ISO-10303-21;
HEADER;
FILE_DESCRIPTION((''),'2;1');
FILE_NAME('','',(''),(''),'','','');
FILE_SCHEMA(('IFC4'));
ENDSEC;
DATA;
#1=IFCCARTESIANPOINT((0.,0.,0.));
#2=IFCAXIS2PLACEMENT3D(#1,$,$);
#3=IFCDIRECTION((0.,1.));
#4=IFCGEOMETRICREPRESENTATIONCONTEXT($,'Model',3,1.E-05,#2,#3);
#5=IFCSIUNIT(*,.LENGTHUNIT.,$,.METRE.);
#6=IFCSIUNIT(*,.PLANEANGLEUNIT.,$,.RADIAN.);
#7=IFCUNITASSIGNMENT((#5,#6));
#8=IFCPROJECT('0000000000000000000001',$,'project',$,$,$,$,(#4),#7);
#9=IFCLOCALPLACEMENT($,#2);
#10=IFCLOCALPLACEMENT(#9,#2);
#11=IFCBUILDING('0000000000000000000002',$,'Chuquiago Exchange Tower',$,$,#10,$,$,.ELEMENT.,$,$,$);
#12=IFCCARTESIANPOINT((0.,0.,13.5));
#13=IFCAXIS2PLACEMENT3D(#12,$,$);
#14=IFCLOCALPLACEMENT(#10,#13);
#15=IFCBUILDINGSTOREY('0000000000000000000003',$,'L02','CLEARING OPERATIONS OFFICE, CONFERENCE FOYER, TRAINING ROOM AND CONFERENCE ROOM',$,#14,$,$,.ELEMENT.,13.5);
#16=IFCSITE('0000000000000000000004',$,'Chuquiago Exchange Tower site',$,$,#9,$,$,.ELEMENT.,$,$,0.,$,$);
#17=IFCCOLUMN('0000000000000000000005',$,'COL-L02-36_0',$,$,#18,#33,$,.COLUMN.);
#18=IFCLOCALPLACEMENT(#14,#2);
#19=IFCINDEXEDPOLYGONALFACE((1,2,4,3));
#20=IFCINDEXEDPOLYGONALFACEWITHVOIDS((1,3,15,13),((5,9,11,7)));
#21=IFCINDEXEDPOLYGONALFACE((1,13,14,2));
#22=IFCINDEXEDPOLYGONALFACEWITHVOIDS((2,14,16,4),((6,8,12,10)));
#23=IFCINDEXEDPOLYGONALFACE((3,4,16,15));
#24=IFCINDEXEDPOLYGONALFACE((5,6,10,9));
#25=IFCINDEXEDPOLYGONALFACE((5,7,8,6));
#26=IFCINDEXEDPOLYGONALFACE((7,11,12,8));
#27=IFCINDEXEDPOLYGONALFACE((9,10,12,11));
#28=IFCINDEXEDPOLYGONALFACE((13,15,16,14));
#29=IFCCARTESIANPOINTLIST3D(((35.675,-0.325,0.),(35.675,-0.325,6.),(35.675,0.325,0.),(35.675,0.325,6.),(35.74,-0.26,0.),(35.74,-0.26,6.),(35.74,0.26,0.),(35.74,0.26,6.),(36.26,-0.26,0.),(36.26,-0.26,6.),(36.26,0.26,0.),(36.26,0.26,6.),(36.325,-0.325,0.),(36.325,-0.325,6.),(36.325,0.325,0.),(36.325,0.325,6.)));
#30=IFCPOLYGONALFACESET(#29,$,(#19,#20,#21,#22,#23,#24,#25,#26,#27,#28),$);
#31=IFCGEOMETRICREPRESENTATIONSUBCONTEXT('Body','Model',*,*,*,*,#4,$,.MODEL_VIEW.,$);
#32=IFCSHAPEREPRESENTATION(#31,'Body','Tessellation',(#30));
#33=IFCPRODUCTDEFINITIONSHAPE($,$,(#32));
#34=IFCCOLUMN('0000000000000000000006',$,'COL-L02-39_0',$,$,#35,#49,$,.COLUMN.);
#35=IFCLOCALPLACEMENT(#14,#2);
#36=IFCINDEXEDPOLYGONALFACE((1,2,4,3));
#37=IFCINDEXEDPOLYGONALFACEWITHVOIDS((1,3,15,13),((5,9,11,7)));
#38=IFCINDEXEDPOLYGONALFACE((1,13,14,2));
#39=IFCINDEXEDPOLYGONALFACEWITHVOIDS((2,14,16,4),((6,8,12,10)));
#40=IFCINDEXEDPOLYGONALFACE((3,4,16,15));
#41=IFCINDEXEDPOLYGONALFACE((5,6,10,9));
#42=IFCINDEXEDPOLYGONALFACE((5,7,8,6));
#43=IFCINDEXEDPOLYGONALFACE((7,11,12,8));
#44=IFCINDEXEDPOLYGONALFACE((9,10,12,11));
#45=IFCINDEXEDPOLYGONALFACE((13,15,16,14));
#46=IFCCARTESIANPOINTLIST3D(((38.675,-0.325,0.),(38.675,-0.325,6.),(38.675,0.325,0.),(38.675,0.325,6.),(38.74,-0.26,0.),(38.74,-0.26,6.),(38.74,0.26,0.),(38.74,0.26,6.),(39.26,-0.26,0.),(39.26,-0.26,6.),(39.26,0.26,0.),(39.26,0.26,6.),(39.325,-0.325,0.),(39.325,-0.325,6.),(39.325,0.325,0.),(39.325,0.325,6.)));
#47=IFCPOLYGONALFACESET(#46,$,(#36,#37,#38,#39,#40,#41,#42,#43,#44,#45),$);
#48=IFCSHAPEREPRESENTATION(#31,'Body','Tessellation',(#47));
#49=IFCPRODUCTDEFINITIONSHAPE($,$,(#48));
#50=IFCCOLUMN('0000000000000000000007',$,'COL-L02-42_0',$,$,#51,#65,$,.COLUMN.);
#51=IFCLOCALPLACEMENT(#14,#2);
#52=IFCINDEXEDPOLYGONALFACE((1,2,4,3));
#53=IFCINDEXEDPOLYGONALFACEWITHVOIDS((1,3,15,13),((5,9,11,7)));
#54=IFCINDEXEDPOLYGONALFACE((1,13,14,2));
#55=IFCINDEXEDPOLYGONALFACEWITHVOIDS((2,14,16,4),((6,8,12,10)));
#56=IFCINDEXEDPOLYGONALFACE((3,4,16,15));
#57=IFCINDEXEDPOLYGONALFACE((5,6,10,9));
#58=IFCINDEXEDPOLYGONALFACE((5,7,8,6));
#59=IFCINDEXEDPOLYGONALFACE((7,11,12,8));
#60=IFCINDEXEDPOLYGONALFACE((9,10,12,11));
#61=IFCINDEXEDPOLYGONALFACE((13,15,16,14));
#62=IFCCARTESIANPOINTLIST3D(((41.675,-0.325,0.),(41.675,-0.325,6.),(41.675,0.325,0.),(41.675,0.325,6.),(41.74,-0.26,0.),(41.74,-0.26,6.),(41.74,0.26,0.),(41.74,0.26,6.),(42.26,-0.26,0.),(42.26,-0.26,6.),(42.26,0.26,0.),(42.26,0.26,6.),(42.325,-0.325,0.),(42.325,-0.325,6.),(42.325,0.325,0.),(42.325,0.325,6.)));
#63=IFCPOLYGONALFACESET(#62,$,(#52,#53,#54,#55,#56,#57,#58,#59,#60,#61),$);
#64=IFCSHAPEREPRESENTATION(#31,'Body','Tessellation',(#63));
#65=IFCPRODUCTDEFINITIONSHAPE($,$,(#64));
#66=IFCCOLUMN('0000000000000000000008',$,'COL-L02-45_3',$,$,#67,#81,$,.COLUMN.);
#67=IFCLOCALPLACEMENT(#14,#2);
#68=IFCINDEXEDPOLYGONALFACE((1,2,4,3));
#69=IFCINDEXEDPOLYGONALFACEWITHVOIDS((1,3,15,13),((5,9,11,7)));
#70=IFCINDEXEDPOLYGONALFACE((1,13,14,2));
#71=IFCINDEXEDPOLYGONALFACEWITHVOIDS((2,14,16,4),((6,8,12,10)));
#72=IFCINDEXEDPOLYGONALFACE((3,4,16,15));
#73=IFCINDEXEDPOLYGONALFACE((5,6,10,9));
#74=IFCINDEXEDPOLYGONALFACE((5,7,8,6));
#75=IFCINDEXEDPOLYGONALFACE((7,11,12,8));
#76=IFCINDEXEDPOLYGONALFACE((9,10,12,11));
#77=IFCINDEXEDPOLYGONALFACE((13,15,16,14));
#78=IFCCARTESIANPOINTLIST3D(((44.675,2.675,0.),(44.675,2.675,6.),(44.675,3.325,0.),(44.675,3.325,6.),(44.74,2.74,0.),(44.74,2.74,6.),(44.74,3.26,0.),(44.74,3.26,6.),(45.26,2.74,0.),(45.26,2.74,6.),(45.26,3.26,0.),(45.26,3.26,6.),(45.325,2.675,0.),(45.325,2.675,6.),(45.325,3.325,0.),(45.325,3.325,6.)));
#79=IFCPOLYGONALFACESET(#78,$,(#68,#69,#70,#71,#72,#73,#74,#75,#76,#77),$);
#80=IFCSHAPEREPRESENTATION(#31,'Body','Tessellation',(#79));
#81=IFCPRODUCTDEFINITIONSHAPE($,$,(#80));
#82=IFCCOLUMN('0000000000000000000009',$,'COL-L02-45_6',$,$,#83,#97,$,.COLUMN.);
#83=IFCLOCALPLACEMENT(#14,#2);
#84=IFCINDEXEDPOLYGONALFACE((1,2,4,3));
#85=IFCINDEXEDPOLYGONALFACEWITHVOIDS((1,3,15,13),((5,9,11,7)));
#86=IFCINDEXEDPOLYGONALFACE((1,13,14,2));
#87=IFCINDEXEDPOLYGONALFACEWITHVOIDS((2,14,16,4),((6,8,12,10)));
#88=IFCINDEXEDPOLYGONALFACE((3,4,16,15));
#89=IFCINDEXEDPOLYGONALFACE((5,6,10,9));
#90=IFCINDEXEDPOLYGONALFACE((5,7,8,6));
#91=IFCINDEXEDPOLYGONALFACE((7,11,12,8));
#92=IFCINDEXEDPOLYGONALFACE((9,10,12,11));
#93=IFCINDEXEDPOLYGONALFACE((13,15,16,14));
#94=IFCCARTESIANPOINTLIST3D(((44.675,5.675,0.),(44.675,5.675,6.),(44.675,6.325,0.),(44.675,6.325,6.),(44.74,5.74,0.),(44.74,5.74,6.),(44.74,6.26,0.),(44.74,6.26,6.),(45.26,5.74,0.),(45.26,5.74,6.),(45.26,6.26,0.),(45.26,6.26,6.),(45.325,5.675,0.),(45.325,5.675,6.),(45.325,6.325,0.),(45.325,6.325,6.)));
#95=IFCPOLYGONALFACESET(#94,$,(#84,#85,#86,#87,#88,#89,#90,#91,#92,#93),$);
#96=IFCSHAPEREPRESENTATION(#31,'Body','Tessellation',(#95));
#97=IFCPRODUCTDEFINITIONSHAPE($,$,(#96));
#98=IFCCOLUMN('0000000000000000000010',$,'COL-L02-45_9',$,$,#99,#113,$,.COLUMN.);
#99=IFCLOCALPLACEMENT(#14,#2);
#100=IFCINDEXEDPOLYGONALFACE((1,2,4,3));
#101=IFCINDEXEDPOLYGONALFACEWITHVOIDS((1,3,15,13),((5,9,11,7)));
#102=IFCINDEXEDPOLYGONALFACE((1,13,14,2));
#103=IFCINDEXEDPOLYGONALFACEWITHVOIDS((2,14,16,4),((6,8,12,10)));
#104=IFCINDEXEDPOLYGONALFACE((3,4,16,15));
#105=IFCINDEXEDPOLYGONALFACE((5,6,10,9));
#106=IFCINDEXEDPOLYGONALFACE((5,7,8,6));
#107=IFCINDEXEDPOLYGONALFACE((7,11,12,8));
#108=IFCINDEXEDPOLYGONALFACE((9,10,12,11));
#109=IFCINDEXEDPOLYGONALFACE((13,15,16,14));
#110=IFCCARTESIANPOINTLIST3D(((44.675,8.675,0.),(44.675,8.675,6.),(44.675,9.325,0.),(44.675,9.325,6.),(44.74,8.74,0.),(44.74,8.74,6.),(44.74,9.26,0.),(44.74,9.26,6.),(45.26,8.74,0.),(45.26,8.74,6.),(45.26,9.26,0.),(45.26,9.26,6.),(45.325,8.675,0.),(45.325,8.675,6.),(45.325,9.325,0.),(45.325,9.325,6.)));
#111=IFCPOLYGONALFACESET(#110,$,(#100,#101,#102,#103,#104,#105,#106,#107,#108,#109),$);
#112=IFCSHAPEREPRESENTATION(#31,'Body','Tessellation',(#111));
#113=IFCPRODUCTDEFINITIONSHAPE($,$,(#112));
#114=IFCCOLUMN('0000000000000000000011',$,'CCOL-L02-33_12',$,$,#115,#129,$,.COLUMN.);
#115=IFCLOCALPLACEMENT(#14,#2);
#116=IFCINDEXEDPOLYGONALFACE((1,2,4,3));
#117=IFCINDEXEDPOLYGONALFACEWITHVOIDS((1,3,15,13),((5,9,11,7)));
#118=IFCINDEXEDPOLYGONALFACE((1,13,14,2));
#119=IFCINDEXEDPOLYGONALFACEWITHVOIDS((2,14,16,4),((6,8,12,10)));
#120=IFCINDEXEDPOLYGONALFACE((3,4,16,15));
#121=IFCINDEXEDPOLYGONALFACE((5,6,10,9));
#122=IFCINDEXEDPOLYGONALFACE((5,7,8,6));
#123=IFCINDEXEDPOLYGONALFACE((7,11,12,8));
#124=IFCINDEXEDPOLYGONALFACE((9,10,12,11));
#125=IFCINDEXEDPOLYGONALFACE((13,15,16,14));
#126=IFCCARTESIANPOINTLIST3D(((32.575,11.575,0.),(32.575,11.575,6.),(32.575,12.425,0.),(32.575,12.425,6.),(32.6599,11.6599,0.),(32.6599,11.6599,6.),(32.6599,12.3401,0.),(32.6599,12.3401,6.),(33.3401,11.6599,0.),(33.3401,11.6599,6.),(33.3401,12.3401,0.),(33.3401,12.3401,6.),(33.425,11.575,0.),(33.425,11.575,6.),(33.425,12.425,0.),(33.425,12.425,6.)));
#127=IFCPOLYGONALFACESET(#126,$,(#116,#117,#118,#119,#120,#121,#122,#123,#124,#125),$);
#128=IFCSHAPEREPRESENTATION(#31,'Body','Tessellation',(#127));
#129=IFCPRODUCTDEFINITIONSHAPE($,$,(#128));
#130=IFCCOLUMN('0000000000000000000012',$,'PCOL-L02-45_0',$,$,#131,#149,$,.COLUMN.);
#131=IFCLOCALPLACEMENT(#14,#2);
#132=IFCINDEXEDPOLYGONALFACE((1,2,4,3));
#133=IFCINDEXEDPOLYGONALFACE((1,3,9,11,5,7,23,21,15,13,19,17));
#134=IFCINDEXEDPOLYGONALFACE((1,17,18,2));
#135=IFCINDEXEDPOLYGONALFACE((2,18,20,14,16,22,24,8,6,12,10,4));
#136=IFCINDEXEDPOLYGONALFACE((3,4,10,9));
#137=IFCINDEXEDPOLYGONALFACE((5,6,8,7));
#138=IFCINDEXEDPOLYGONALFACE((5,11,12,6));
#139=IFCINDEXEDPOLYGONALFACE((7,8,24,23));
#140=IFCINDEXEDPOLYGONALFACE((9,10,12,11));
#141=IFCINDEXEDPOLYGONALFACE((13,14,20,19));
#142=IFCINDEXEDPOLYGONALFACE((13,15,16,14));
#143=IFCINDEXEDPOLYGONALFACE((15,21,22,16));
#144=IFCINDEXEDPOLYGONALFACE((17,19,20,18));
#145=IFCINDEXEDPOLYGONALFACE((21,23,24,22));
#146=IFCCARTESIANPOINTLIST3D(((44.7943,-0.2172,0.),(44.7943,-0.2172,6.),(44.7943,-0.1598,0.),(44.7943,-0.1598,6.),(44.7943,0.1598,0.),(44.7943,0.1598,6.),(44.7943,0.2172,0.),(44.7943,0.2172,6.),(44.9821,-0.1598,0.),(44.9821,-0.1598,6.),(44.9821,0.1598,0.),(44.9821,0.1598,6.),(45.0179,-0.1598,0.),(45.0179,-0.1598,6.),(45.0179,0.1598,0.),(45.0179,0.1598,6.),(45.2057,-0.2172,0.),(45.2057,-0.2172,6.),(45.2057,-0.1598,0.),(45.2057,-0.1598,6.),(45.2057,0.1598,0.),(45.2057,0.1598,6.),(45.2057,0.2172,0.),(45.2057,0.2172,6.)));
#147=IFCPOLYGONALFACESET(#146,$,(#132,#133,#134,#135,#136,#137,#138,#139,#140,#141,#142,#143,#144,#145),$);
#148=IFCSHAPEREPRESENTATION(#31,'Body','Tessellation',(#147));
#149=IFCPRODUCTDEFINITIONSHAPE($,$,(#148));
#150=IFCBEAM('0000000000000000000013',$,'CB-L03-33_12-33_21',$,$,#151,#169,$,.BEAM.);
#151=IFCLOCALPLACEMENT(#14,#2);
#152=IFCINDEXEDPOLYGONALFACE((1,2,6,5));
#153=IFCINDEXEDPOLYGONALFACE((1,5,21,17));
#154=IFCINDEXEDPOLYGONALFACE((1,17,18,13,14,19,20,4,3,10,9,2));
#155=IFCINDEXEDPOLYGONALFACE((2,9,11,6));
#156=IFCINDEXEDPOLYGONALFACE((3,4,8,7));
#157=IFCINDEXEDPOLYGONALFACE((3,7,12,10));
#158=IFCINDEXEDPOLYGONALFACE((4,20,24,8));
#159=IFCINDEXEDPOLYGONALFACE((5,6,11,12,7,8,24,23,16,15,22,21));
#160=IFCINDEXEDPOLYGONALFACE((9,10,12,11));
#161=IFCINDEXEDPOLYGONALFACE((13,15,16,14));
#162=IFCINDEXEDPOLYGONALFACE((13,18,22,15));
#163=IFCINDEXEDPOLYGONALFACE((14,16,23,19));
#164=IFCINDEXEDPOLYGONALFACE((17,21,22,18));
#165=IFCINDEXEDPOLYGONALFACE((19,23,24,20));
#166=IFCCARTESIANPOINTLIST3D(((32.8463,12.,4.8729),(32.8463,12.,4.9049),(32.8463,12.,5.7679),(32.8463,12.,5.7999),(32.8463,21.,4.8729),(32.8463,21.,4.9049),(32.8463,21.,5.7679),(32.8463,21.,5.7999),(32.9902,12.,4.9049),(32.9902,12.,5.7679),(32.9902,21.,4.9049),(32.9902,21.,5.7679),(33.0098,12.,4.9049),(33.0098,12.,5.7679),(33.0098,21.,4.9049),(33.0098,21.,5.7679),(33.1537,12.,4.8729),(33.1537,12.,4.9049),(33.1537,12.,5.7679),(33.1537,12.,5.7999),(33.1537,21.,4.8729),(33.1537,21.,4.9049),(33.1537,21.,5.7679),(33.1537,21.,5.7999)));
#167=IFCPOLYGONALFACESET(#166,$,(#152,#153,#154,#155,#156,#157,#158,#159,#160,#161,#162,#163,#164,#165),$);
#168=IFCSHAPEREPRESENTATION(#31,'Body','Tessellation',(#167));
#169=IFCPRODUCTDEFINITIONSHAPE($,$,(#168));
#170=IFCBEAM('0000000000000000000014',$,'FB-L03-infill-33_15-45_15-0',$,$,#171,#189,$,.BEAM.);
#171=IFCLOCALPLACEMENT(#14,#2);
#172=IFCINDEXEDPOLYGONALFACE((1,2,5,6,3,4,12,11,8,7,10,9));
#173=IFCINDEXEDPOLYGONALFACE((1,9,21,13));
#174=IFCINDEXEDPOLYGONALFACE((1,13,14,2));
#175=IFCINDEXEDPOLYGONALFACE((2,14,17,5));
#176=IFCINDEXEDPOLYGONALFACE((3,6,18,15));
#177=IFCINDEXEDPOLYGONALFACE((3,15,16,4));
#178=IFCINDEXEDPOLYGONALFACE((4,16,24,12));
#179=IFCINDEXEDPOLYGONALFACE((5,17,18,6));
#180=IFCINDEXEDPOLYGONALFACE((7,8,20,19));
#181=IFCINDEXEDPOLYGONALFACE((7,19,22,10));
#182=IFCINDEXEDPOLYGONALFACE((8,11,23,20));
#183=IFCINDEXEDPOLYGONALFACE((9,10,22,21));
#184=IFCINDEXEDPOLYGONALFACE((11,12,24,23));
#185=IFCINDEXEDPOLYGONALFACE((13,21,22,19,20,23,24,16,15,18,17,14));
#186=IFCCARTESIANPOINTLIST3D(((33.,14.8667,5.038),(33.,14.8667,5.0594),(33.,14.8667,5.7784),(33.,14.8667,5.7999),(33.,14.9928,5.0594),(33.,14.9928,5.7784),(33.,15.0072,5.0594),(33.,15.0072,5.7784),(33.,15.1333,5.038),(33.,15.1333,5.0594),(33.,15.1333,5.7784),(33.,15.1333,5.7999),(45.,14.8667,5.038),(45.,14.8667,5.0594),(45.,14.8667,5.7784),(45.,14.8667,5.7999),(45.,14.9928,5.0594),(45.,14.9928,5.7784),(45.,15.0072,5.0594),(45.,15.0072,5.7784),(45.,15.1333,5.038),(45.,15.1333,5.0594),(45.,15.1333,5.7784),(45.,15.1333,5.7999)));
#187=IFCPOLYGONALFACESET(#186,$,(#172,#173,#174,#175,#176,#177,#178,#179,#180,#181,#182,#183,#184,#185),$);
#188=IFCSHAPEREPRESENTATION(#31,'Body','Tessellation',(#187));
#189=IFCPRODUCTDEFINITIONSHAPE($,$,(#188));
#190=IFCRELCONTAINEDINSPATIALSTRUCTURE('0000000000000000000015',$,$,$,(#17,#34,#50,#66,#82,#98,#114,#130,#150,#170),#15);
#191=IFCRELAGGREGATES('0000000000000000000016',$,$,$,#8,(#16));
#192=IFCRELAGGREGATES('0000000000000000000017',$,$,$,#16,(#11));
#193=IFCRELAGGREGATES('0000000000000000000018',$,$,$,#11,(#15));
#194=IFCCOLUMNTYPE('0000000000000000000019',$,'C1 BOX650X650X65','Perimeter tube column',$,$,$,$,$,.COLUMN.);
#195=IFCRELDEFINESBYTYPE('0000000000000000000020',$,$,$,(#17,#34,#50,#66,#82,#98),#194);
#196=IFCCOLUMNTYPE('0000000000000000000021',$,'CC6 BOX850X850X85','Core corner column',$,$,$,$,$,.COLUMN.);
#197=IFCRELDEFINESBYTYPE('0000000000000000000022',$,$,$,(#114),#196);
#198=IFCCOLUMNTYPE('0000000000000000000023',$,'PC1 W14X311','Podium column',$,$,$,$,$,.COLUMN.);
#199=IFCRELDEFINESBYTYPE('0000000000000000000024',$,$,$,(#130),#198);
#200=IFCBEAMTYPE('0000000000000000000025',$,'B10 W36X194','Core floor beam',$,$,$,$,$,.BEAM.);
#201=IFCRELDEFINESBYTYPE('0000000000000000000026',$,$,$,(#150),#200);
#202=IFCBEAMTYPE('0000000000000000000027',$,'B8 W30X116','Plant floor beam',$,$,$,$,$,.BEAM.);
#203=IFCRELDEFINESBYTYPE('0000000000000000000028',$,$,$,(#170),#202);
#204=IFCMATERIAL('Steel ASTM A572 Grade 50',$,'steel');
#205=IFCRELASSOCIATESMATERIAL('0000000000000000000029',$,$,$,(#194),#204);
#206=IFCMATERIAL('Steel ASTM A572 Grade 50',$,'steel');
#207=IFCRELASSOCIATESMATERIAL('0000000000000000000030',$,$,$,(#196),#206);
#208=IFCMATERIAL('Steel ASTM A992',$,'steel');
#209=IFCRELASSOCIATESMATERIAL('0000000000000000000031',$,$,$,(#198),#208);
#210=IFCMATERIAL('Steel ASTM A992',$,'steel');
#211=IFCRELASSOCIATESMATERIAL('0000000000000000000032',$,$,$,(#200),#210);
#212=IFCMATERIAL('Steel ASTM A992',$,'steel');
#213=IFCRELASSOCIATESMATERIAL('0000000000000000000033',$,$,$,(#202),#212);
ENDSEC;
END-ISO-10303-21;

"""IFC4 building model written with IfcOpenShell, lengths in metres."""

from ifc_helpers import new_model, si_unit, direction, frame, origin, origin_2d, place, context, subcontext, project, spatial, hollow_rectangle, i_section, extrude, material, material_profile, profile_set, type_object, element, save


model = new_model("IFC4")

# Units and contexts
model_context = context("Model", 3, precision=1e-05, world=origin(), true_north=direction((0.0, 1.0)))
body_context = subcontext(model_context, "Body", "Model", "MODEL_VIEW")
ifc_project = project(units=[si_unit("LENGTHUNIT", "METRE"), si_unit("PLANEANGLEUNIT", "RADIAN")], contexts=[model_context])

# Site, building, storey
site_placement = place(None, origin())
site = spatial("IfcSite", under=ifc_project, at=site_placement, Name="Chuquiago Exchange Tower site", CompositionType="ELEMENT", RefElevation=0.0)
building_placement = place(site_placement, origin())
building = spatial("IfcBuilding", under=site, at=building_placement, Name="Chuquiago Exchange Tower", CompositionType="ELEMENT")
storey_placement = place(building_placement, frame((0.0, 0.0, 13.5)))
storey = spatial("IfcBuildingStorey", under=building, at=storey_placement, Name="L02", Description="CLEARING OPERATIONS OFFICE, CONFERENCE FOYER, TRAINING ROOM AND CONFERENCE ROOM", CompositionType="ELEMENT", Elevation=13.5)

# Columns
ifc_material_1 = material(Name="Steel ASTM A572 Grade 50", Category="steel")
ifc_material_profile_1 = material_profile(ifc_material_1, hollow_rectangle(XDim=0.6499, YDim=0.6499, WallThickness=0.0649, at=origin_2d()), Name="BOX650X650X65")
ifc_profile_set_1 = profile_set([ifc_material_profile_1], Name="Steel ASTM A572 Grade 50")
column_type_1 = type_object("IfcColumnType", Name="C1 BOX650X650X65", Description="Perimeter tube column", PredefinedType="COLUMN", material=ifc_profile_set_1)
for number, where, z_axis, x_axis, name in (
    (1, (36.0, 0.0, 0.0), (0.0, 0.0, 1.0), (0.0, -1.0, 0.0), "COL-L02-36_0"),
    (2, (39.0, 0.0, 0.0), (0.0, 0.0, 1.0), (0.0, -1.0, 0.0), "COL-L02-39_0"),
    (3, (42.0, 0.0, 0.0), (0.0, 0.0, 1.0), (0.0, -1.0, 0.0), "COL-L02-42_0"),
    (4, (45.0, 3.0, 0.0), (0.0, 0.0, 1.0), (1.0, 0.0, 0.0), "COL-L02-45_3"),
    (5, (45.0, 6.0, 0.0), (0.0, 0.0, 1.0), (1.0, 0.0, 0.0), "COL-L02-45_6"),
    (6, (45.0, 9.0, 0.0), (0.0, 0.0, 1.0), (1.0, 0.0, 0.0), "COL-L02-45_9"),
):
    element("IfcColumn", number, at=place(storey_placement, frame(where, z_axis=z_axis, x_axis=x_axis)), inside=storey, type_object=column_type_1, Name=name, PredefinedType="COLUMN", context=body_context, shape_type="SweptSolid", body=[
        extrude(hollow_rectangle(XDim=0.6499, YDim=0.6499, WallThickness=0.0649, at=origin_2d()), origin(), (0.0, 0.0, 1.0), 6.0),
    ])
ifc_material_2 = material(Name="Steel ASTM A572 Grade 50", Category="steel")
ifc_material_profile_2 = material_profile(ifc_material_2, hollow_rectangle(XDim=0.8501, YDim=0.8501, WallThickness=0.085, at=origin_2d()), Name="BOX850X850X85")
ifc_profile_set_2 = profile_set([ifc_material_profile_2], Name="Steel ASTM A572 Grade 50")
column_type_2 = type_object("IfcColumnType", Name="CC6 BOX850X850X85", Description="Core corner column", PredefinedType="COLUMN", material=ifc_profile_set_2)
column_1_placement = place(storey_placement, frame((33.0, 12.0, 0.0), z_axis=(0.0, 0.0, 1.0), x_axis=(1.0, 0.0, 0.0)))
element("IfcColumn", 7, at=column_1_placement, inside=storey, type_object=column_type_2, Name="CCOL-L02-33_12", PredefinedType="COLUMN", context=body_context, shape_type="SweptSolid", body=[
    extrude(hollow_rectangle(XDim=0.8501, YDim=0.8501, WallThickness=0.085, at=origin_2d()), origin(), (0.0, 0.0, 1.0), 6.0),
])
ifc_material_3 = material(Name="Steel ASTM A992", Category="steel")
ifc_material_profile_3 = material_profile(ifc_material_3, i_section(OverallWidth=0.4114, OverallDepth=0.4343, WebThickness=0.0359, FlangeThickness=0.0574, at=origin_2d()), Name="W14X311")
ifc_profile_set_3 = profile_set([ifc_material_profile_3], Name="Steel ASTM A992")
column_type_3 = type_object("IfcColumnType", Name="PC1 W14X311", Description="Podium column", PredefinedType="COLUMN", material=ifc_profile_set_3)
column_2_placement = place(storey_placement, frame((45.0, 0.0, 0.0), z_axis=(0.0, 0.0, 1.0), x_axis=(1.0, 0.0, 0.0)))
element("IfcColumn", 8, at=column_2_placement, inside=storey, type_object=column_type_3, Name="PCOL-L02-45_0", PredefinedType="COLUMN", context=body_context, shape_type="SweptSolid", body=[
    extrude(i_section(OverallWidth=0.4114, OverallDepth=0.4343, WebThickness=0.0359, FlangeThickness=0.0574, at=origin_2d()), origin(), (0.0, 0.0, 1.0), 6.0),
])

# Beams
ifc_material_4 = material(Name="Steel ASTM A992", Category="steel")
ifc_material_profile_4 = material_profile(ifc_material_4, i_section(OverallWidth=0.3074, OverallDepth=0.927, WebThickness=0.0195, FlangeThickness=0.032, at=origin_2d()), Name="W36X194")
ifc_profile_set_4 = profile_set([ifc_material_profile_4], Name="Steel ASTM A992")
beam_type_1 = type_object("IfcBeamType", Name="B10 W36X194", Description="Core floor beam", PredefinedType="BEAM", material=ifc_profile_set_4)
beam_1_placement = place(storey_placement, frame((33.0, 12.0, 5.3364), z_axis=(0.0, 1.0, 0.0), x_axis=(-1.0, 0.0, 0.0)))
element("IfcBeam", 9, at=beam_1_placement, inside=storey, type_object=beam_type_1, Name="CB-L03-33_12-33_21", PredefinedType="BEAM", context=body_context, shape_type="SweptSolid", body=[
    extrude(i_section(OverallWidth=0.3074, OverallDepth=0.927, WebThickness=0.0195, FlangeThickness=0.032, at=origin_2d()), origin(), (0.0, 0.0, 1.0), 9.0),
])
ifc_material_5 = material(Name="Steel ASTM A992", Category="steel")
ifc_material_profile_5 = material_profile(ifc_material_5, i_section(OverallWidth=0.2666, OverallDepth=0.762, WebThickness=0.0144, FlangeThickness=0.0215, at=origin_2d()), Name="W30X116")
ifc_profile_set_5 = profile_set([ifc_material_profile_5], Name="Steel ASTM A992")
beam_type_2 = type_object("IfcBeamType", Name="B8 W30X116", Description="Plant floor beam", PredefinedType="BEAM", material=ifc_profile_set_5)
for number, where, z_axis, x_axis, name in (
    (10, (33.0, 15.0, 5.4189), (1.0, 0.0, 0.0), (0.0, 1.0, 0.0), "FB-L03-infill-33_15-45_15-0"),
):
    element("IfcBeam", number, at=place(storey_placement, frame(where, z_axis=z_axis, x_axis=x_axis)), inside=storey, type_object=beam_type_2, Name=name, PredefinedType="BEAM", context=body_context, shape_type="SweptSolid", body=[
        extrude(i_section(OverallWidth=0.2666, OverallDepth=0.762, WebThickness=0.0144, FlangeThickness=0.0215, at=origin_2d()), origin(), (0.0, 0.0, 1.0), 12.0),
    ])

save(model, "model.ifc")
